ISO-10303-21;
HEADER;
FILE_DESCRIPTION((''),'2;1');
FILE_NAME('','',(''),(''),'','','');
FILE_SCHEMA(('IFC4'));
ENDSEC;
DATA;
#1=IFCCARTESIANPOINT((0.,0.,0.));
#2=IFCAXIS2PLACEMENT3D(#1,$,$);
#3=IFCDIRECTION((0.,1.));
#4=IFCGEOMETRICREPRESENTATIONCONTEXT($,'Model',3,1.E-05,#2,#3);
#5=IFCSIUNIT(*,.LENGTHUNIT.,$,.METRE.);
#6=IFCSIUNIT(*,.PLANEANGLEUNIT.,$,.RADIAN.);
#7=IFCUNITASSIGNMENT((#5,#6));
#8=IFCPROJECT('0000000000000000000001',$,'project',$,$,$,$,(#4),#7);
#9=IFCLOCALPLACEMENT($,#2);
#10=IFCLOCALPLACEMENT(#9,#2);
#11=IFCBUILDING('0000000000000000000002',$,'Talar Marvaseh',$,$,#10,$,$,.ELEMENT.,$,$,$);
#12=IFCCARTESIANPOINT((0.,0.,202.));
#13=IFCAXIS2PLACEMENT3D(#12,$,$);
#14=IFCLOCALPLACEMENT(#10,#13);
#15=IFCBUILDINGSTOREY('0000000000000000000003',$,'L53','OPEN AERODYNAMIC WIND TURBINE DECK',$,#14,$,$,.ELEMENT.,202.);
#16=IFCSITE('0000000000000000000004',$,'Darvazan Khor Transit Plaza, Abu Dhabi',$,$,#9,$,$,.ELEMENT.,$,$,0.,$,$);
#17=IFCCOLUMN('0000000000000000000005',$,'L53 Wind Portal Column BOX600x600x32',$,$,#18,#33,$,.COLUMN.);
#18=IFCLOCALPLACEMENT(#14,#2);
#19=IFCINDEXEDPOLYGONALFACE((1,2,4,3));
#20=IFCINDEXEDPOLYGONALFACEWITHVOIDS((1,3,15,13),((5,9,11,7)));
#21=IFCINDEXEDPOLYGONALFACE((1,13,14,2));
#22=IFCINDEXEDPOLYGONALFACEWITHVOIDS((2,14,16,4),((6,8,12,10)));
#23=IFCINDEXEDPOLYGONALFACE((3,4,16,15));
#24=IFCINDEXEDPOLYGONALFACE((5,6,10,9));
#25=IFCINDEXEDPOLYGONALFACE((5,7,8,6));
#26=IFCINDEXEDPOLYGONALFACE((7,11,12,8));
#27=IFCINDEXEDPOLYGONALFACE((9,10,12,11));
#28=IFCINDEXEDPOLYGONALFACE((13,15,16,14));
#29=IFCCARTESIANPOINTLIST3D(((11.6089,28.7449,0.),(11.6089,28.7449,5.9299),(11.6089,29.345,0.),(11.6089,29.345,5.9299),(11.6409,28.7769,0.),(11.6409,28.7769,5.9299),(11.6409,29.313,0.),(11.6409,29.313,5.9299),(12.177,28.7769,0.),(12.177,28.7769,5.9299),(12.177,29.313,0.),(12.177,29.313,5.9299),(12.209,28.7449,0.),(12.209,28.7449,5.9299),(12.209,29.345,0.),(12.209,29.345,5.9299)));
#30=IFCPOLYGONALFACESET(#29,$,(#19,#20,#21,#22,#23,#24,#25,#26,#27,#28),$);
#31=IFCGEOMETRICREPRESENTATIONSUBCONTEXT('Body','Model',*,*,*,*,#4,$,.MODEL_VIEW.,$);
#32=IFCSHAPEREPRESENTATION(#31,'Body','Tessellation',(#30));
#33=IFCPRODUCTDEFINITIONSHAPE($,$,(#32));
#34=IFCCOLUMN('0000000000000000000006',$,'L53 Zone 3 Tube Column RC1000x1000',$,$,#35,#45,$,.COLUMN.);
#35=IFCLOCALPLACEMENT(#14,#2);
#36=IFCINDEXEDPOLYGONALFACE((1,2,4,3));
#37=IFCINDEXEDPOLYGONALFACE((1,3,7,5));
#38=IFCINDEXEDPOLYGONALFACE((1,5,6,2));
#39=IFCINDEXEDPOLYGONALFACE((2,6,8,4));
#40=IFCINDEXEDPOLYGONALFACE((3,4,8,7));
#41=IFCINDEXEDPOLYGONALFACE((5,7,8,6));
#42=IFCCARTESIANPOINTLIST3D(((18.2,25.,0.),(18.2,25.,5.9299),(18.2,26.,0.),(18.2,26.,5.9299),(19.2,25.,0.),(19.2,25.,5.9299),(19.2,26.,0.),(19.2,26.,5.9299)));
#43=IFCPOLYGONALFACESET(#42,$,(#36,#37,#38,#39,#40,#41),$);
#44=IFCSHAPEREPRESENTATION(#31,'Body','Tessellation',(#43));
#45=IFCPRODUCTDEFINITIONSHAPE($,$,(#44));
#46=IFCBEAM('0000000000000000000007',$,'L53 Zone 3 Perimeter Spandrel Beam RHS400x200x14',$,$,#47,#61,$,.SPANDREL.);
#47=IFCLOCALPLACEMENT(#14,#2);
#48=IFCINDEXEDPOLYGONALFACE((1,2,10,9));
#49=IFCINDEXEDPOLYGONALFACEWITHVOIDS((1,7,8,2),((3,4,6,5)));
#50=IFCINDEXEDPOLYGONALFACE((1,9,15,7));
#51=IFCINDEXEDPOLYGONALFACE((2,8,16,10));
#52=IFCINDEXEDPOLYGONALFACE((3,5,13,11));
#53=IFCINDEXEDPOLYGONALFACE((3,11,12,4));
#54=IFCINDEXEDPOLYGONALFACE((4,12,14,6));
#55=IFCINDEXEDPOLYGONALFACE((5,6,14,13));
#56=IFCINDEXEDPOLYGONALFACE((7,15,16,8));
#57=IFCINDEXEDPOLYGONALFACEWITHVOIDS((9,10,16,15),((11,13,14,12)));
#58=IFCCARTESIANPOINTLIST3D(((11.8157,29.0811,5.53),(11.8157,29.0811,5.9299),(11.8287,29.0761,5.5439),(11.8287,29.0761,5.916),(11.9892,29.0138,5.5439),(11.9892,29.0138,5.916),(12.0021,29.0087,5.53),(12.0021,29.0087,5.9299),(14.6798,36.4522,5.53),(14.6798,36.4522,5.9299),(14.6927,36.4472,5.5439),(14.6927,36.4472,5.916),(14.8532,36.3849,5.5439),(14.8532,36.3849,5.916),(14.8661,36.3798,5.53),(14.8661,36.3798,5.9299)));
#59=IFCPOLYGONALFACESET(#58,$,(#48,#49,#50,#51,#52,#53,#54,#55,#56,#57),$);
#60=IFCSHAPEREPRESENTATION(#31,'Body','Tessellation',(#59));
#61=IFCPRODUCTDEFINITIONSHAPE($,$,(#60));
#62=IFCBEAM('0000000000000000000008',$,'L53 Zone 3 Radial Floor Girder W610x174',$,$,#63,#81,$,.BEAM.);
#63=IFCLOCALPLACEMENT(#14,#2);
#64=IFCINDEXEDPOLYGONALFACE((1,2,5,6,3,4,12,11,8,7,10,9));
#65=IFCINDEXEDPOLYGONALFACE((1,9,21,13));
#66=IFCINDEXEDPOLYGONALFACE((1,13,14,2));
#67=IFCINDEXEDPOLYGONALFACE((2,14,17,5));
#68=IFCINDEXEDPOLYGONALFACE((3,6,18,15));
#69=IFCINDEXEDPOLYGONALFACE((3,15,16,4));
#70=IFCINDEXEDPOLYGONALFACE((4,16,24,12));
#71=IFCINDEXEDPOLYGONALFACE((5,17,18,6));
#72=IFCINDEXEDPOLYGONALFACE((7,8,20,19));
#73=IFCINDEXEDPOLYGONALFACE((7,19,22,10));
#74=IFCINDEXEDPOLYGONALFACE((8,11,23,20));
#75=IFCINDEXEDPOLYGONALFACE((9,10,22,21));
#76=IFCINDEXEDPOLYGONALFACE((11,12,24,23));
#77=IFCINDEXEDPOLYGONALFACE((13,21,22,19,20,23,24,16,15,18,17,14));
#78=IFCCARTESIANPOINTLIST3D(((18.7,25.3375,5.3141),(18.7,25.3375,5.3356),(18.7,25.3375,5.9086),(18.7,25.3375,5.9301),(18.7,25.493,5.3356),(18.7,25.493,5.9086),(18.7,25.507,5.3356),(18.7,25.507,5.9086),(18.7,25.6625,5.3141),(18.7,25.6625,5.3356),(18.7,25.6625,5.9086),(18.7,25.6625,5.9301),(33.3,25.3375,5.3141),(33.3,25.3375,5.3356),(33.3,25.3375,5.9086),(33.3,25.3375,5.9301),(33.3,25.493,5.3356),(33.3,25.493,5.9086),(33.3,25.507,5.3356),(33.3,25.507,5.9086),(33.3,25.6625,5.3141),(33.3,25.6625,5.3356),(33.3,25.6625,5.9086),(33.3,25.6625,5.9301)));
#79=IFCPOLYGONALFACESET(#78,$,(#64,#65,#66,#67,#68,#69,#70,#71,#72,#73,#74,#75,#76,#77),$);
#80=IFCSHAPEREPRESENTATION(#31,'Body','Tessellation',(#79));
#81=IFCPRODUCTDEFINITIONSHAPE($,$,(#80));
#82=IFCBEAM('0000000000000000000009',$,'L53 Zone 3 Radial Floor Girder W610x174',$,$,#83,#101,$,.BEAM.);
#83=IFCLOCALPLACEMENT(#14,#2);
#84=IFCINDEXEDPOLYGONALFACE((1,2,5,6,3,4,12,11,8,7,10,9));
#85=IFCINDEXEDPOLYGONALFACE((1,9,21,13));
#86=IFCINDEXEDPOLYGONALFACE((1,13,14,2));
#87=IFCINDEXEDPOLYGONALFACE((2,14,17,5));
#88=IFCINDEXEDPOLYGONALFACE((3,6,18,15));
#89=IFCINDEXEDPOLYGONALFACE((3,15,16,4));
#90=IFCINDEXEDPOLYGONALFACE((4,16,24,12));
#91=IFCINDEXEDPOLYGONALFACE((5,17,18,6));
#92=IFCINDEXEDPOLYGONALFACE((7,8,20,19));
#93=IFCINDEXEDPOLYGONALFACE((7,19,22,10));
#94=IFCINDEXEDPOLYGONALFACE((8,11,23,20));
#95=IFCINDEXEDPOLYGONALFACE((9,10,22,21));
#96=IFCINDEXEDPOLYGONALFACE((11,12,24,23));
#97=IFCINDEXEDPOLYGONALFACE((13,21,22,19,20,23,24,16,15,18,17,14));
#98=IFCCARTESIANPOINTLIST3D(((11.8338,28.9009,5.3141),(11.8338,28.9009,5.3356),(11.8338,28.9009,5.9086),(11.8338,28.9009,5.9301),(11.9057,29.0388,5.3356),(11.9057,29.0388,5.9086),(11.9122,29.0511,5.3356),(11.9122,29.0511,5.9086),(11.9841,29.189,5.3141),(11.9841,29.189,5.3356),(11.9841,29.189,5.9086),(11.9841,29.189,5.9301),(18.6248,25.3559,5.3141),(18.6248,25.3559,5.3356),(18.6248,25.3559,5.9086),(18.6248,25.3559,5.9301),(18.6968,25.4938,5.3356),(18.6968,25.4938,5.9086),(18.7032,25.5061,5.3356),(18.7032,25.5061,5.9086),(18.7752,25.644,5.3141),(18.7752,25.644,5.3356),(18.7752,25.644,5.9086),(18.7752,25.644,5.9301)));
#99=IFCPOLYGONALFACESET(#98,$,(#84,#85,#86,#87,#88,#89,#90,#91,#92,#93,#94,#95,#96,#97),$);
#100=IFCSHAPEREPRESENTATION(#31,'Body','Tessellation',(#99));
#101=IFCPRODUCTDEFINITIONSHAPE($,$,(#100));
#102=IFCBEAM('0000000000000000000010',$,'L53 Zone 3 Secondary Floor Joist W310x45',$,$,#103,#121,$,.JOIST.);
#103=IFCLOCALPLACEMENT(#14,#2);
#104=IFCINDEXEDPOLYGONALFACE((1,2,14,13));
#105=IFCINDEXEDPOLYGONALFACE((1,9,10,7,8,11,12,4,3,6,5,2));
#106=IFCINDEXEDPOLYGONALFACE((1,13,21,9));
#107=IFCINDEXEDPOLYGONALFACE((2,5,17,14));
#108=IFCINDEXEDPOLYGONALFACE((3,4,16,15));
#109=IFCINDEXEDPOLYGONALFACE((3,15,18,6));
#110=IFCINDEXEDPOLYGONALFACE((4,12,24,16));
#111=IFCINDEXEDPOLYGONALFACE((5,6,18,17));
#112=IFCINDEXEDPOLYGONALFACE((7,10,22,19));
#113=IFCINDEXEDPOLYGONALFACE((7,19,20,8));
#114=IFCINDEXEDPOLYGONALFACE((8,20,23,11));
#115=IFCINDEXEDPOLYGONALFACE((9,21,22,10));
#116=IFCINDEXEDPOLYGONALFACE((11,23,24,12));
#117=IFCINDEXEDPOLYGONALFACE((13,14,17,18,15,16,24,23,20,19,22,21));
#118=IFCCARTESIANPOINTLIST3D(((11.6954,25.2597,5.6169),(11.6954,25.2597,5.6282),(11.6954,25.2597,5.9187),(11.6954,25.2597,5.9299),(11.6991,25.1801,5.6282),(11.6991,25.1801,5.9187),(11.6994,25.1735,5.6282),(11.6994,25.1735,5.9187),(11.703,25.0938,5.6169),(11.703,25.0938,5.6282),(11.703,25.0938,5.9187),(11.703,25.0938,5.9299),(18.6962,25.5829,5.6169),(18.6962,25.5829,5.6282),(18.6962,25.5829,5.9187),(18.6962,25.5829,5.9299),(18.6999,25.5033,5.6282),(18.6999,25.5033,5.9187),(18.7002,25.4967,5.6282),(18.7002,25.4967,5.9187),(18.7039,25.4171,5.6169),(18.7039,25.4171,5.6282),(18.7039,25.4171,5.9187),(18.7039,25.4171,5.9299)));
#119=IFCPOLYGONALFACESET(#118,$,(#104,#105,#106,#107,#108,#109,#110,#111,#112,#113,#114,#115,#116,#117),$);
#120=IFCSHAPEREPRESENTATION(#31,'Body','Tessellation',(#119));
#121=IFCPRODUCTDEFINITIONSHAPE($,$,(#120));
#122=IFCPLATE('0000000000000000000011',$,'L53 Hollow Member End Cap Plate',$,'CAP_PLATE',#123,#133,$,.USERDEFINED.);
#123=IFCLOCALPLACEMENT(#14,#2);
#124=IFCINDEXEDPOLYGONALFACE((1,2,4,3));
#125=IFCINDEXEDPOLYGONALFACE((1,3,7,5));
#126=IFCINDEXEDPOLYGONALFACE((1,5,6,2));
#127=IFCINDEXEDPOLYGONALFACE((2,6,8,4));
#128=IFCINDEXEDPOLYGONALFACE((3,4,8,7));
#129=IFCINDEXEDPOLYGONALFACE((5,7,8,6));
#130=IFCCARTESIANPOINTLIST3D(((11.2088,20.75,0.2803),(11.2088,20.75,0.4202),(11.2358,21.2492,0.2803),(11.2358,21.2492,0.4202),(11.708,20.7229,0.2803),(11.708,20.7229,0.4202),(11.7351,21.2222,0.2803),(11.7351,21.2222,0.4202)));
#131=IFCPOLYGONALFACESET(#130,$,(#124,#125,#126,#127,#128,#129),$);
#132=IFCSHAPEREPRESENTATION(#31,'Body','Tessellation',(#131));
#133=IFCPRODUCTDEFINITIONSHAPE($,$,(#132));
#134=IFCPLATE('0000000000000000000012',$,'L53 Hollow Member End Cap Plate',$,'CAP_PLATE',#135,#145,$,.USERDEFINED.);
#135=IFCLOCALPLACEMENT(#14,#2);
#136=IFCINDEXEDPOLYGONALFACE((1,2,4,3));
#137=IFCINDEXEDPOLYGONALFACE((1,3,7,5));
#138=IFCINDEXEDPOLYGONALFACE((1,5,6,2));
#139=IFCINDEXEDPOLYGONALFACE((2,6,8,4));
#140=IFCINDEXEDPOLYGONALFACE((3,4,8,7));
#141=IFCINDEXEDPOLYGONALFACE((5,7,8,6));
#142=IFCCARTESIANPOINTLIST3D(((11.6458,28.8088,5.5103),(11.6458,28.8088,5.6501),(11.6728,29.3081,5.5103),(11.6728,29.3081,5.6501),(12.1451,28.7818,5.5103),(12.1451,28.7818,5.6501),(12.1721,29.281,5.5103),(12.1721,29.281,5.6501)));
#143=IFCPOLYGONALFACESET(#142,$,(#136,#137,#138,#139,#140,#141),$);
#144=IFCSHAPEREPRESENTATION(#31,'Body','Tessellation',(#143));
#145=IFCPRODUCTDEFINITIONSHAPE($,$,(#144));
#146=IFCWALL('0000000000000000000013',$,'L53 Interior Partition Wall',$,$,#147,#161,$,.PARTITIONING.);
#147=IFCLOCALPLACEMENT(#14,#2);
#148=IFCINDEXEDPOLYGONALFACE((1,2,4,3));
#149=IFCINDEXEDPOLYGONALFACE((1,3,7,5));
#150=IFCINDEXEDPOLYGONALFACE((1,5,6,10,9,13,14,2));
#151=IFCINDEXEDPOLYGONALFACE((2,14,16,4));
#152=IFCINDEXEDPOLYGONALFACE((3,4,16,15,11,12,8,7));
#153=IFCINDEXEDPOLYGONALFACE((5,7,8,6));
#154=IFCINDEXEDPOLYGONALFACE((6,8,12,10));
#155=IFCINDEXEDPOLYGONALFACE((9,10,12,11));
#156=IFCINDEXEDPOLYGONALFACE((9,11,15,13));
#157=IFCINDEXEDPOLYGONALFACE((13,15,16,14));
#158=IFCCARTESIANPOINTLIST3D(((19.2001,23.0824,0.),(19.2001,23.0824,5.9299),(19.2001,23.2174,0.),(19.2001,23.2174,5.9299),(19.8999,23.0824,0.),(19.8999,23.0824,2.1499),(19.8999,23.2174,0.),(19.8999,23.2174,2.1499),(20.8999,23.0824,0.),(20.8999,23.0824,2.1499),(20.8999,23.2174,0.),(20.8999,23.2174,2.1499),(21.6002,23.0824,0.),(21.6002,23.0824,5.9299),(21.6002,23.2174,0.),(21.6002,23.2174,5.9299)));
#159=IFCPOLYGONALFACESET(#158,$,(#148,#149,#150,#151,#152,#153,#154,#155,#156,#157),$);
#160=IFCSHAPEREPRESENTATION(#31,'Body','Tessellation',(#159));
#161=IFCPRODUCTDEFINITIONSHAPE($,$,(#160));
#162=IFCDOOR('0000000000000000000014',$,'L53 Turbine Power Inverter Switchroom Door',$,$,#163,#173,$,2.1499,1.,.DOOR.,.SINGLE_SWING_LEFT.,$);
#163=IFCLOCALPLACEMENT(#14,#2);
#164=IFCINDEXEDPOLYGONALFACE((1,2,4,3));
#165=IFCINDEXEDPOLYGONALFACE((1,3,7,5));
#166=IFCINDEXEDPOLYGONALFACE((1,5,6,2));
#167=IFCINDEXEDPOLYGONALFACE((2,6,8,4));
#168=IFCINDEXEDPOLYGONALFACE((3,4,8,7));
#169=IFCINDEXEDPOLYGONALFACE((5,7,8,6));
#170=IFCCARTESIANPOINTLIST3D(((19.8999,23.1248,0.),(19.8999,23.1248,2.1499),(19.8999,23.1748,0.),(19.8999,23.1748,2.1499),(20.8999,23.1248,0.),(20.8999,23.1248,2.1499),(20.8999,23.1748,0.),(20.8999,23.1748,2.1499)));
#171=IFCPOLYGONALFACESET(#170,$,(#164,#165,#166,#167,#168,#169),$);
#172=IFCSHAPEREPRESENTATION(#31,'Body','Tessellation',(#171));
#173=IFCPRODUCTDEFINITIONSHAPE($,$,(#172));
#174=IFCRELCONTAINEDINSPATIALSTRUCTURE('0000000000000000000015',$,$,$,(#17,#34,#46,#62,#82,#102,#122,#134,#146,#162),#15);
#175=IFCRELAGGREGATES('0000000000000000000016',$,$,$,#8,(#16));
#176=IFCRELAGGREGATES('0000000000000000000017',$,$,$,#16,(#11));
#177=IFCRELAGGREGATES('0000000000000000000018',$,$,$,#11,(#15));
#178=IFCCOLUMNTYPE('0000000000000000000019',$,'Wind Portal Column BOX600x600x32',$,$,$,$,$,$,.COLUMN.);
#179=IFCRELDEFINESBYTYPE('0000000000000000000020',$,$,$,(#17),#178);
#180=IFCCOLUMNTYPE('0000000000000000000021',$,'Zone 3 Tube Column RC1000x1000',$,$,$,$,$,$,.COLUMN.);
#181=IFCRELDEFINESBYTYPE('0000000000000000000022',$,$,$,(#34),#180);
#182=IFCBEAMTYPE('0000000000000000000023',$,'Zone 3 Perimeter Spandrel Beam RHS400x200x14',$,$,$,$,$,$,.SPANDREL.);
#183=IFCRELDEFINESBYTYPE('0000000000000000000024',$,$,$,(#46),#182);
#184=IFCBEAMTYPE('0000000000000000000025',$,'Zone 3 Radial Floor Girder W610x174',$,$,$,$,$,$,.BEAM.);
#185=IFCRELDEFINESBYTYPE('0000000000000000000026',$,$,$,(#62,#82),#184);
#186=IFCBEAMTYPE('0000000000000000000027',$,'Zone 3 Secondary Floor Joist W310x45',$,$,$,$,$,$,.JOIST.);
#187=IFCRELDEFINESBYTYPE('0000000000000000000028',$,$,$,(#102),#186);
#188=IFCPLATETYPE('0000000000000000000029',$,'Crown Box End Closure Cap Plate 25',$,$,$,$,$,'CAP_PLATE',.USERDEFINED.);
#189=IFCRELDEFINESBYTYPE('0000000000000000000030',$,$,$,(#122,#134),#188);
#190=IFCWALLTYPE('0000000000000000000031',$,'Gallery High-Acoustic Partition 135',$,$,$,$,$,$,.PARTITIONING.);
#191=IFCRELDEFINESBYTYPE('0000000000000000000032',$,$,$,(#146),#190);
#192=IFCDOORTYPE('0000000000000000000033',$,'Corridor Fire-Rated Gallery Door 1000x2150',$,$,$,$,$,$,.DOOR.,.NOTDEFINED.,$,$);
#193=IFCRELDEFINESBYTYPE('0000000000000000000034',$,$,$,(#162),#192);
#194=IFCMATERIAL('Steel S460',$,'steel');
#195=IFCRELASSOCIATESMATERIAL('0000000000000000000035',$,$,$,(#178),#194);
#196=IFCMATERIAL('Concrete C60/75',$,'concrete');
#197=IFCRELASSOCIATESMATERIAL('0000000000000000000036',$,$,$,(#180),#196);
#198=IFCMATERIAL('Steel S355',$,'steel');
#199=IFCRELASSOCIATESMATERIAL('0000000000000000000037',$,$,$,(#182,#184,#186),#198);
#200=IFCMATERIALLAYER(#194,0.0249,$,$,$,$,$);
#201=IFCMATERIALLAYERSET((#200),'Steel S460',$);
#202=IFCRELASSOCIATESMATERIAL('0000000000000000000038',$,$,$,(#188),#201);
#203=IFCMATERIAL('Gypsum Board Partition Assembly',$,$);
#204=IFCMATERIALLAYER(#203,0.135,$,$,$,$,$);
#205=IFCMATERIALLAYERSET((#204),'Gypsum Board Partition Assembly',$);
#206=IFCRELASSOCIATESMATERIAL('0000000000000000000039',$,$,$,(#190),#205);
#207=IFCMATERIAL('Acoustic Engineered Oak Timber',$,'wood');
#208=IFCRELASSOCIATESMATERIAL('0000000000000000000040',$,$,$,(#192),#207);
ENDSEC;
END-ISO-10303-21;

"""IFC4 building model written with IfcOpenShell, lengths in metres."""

from ifc_helpers import new_model, si_unit, direction, frame, frame_2d, origin, origin_2d, place, context, subcontext, project, spatial, rectangle, hollow_rectangle, i_section, extrude, source, transform, mapped, material, layer, layer_set, material_profile, profile_set, type_object, type_shapes, element, fill, save


model = new_model("IFC4")

# Units and contexts
model_context = context("Model", 3, precision=1e-05, world=origin(), true_north=direction((0.0, 1.0)))
body_context = subcontext(model_context, "Body", "Model", "MODEL_VIEW")
ifc_project = project(units=[si_unit("LENGTHUNIT", "METRE"), si_unit("PLANEANGLEUNIT", "RADIAN")], contexts=[model_context])

# Site, building, storey
site_placement = place(None, origin())
site = spatial("IfcSite", under=ifc_project, at=site_placement, Name="Darvazan Khor Transit Plaza, Abu Dhabi", CompositionType="ELEMENT", RefElevation=0.0)
building_placement = place(site_placement, origin())
building = spatial("IfcBuilding", under=site, at=building_placement, Name="Talar Marvaseh", CompositionType="ELEMENT")
storey_placement = place(building_placement, frame((0.0, 0.0, 202.0)))
storey = spatial("IfcBuildingStorey", under=building, at=storey_placement, Name="L53", Description="OPEN AERODYNAMIC WIND TURBINE DECK", CompositionType="ELEMENT", Elevation=202.0)

# Columns
ifc_material_1 = material(Name="Steel S460", Category="steel")
ifc_material_profile_1 = material_profile(ifc_material_1, hollow_rectangle(XDim=0.6001, YDim=0.6001, WallThickness=0.032, at=origin_2d()), Name="BOX600x600x32")
ifc_profile_set_1 = profile_set([ifc_material_profile_1], Name="Steel S460")
column_type_1 = type_object("IfcColumnType", Name="Wind Portal Column BOX600x600x32", PredefinedType="COLUMN", material=ifc_profile_set_1)
column_1_placement = place(storey_placement, frame((11.9089, 29.0449, 0.0), z_axis=(0.0, 0.0, 1.0), x_axis=(1.0, 0.0, 0.0)))
element("IfcColumn", 1, at=column_1_placement, inside=storey, type_object=column_type_1, Name="L53 Wind Portal Column BOX600x600x32", PredefinedType="COLUMN", context=body_context, shape_type="SweptSolid", body=[
    extrude(hollow_rectangle(XDim=0.6001, YDim=0.6001, WallThickness=0.032, at=origin_2d()), origin(), (0.0, 0.0, 1.0), 5.9299),
])
ifc_material_2 = material(Name="Concrete C60/75", Category="concrete")
ifc_material_profile_2 = material_profile(ifc_material_2, rectangle(XDim=1.0, YDim=1.0, at=origin_2d()), Name="RC1000x1000")
ifc_profile_set_2 = profile_set([ifc_material_profile_2], Name="Concrete C60/75")
column_type_2 = type_object("IfcColumnType", Name="Zone 3 Tube Column RC1000x1000", PredefinedType="COLUMN", material=ifc_profile_set_2)
column_2_placement = place(storey_placement, frame((18.7, 25.5, 0.0), z_axis=(0.0, 0.0, 1.0), x_axis=(1.0, 0.0, 0.0)))
element("IfcColumn", 2, at=column_2_placement, inside=storey, type_object=column_type_2, Name="L53 Zone 3 Tube Column RC1000x1000", PredefinedType="COLUMN", context=body_context, shape_type="SweptSolid", body=[
    extrude(rectangle(XDim=1.0, YDim=1.0, at=origin_2d()), origin(), (0.0, 0.0, 1.0), 5.9299),
])

# Beams
ifc_material_3 = material(Name="Steel S355", Category="steel")
ifc_material_profile_3 = material_profile(ifc_material_3, hollow_rectangle(XDim=0.2, YDim=0.3999, WallThickness=0.0139, at=origin_2d()), Name="RHS400x200x14")
ifc_profile_set_3 = profile_set([ifc_material_profile_3], Name="Steel S355")
beam_type_1 = type_object("IfcBeamType", Name="Zone 3 Perimeter Spandrel Beam RHS400x200x14", PredefinedType="SPANDREL", material=ifc_profile_set_3)
beam_1_placement = place(storey_placement, frame((11.9089, 29.0449, 5.73), z_axis=(0.362169, 0.932112, 0.0), x_axis=(-0.932112, 0.362169, 0.0)))
element("IfcBeam", 3, at=beam_1_placement, inside=storey, type_object=beam_type_1, Name="L53 Zone 3 Perimeter Spandrel Beam RHS400x200x14", PredefinedType="SPANDREL", context=body_context, shape_type="SweptSolid", body=[
    extrude(hollow_rectangle(XDim=0.2, YDim=0.3999, WallThickness=0.0139, at=origin_2d()), origin(), (0.0, 0.0, 1.0), 7.908),
])
ifc_material_profile_4 = material_profile(ifc_material_3, i_section(OverallWidth=0.325, OverallDepth=0.616, WebThickness=0.0139, FlangeThickness=0.0215, at=origin_2d()), Name="W610x174")
ifc_profile_set_4 = profile_set([ifc_material_profile_4], Name="Steel S355")
beam_type_2 = type_object("IfcBeamType", Name="Zone 3 Radial Floor Girder W610x174", PredefinedType="BEAM", material=ifc_profile_set_4)
beam_2_placement = place(storey_placement, frame((18.7, 25.5, 5.6221), z_axis=(1.0, 0.0, 0.0), x_axis=(0.0, 1.0, 0.0)))
element("IfcBeam", 4, at=beam_2_placement, inside=storey, type_object=beam_type_2, Name="L53 Zone 3 Radial Floor Girder W610x174", PredefinedType="BEAM", context=body_context, shape_type="SweptSolid", body=[
    extrude(i_section(OverallWidth=0.325, OverallDepth=0.616, WebThickness=0.0139, FlangeThickness=0.0215, at=origin_2d()), origin(), (0.0, 0.0, 1.0), 14.6001),
])
beam_3_placement = place(storey_placement, frame((11.9089, 29.0449, 5.6221), z_axis=(0.886489, -0.462749, 0.0), x_axis=(0.462749, 0.886489, 0.0)))
element("IfcBeam", 5, at=beam_3_placement, inside=storey, type_object=beam_type_2, Name="L53 Zone 3 Radial Floor Girder W610x174", PredefinedType="BEAM", context=body_context, shape_type="SweptSolid", body=[
    extrude(i_section(OverallWidth=0.325, OverallDepth=0.616, WebThickness=0.0139, FlangeThickness=0.0215, at=origin_2d()), origin(), (0.0, 0.0, 1.0), 7.6606),
])
ifc_material_profile_5 = material_profile(ifc_material_3, i_section(OverallWidth=0.166, OverallDepth=0.313, WebThickness=0.0066, FlangeThickness=0.0112, at=origin_2d()), Name="W310x45")
ifc_profile_set_5 = profile_set([ifc_material_profile_5], Name="Steel S355")
beam_type_3 = type_object("IfcBeamType", Name="Zone 3 Secondary Floor Joist W310x45", PredefinedType="JOIST", material=ifc_profile_set_5)
beam_4_placement = place(storey_placement, frame((11.6992, 25.1768, 5.7734), z_axis=(0.998936, 0.046123, 0.0), x_axis=(-0.046123, 0.998936, 0.0)))
element("IfcBeam", 6, at=beam_4_placement, inside=storey, type_object=beam_type_3, Name="L53 Zone 3 Secondary Floor Joist W310x45", PredefinedType="JOIST", context=body_context, shape_type="SweptSolid", body=[
    extrude(i_section(OverallWidth=0.166, OverallDepth=0.313, WebThickness=0.0066, FlangeThickness=0.0112, at=origin_2d()), origin(), (0.0, 0.0, 1.0), 7.0083),
])

# Plates
ifc_layer_1 = layer(ifc_material_1, 0.0249)
ifc_layer_set_1 = layer_set([ifc_layer_1], Name="Steel S460")
plate_type = type_object("IfcPlateType", Name="Crown Box End Closure Cap Plate 25", ElementType="CAP_PLATE", PredefinedType="USERDEFINED", material=ifc_layer_set_1)
shared_shape_1 = source(origin(), body_context, "Body", "SweptSolid", [
    extrude(rectangle(XDim=0.5, YDim=0.5, at=origin_2d()), origin(), (0.0, 0.0, 1.0), 0.1399),
])
type_shapes(plate_type, [shared_shape_1])
for number, where, z_axis, x_axis, name in (
    (7, (11.4719, 20.9861, 0.2803), (0.0, 0.0, 1.0), (0.054079, 0.998537, 0.0), "L53 Hollow Member End Cap Plate"),
    (8, (11.9089, 29.0449, 5.5103), (0.0, 0.0, 1.0), (0.054079, 0.998537, 0.0), "L53 Hollow Member End Cap Plate"),
):
    element("IfcPlate", number, at=place(storey_placement, frame(where, z_axis=z_axis, x_axis=x_axis)), inside=storey, type_object=plate_type, Name=name, ObjectType="CAP_PLATE", PredefinedType="USERDEFINED", context=body_context, shape_type="MappedRepresentation", body=[
        mapped(shared_shape_1, transform((0.0, 0.0, 0.0), x_axis=(1.0, 0.0, 0.0), y_axis=(0.0, 1.0, 0.0), z_axis=(0.0, 0.0, 1.0), scale=1.0)),
    ])

# Wall, opening, door
ifc_material_4 = material(Name="Gypsum Board Partition Assembly")
ifc_layer_2 = layer(ifc_material_4, 0.135)
ifc_layer_set_2 = layer_set([ifc_layer_2], Name="Gypsum Board Partition Assembly")
wall_type_1 = type_object("IfcWallType", Name="Gallery High-Acoustic Partition 135", PredefinedType="PARTITIONING", material=ifc_layer_set_2)
wall_1_placement = place(storey_placement, frame((19.2, 23.1499, 0.0), z_axis=(0.0, 0.0, 1.0), x_axis=(1.0, 0.0, 0.0)))
wall_1 = element("IfcWall", 9, at=wall_1_placement, inside=storey, type_object=wall_type_1, Name="L53 Interior Partition Wall", PredefinedType="PARTITIONING", context=body_context, shape_type="SweptSolid", body=[
    extrude(rectangle(XDim=2.4001, YDim=0.135, at=frame_2d((1.2002, 0.0))), origin(), (0.0, 0.0, 1.0), 5.9299),
])
opening_1_placement = place(wall_1_placement, frame((0.7, 0.0, 0.0)))
opening_1 = element("IfcOpeningElement", 10, at=opening_1_placement, cuts=wall_1, PredefinedType="OPENING", context=body_context, shape_type="SweptSolid", body=[
    extrude(rectangle(XDim=1.0, YDim=2.1499, at=frame_2d((0.5, 1.075))), frame((0.0, 0.0776, 0.0), z_axis=(0.0, -1.0, 0.0), x_axis=(1.0, 0.0, 0.0)), (0.0, 0.0, 1.0), 0.155),
])
ifc_material_5 = material(Name="Acoustic Engineered Oak Timber", Category="wood")
door_type_1 = type_object("IfcDoorType", Name="Corridor Fire-Rated Gallery Door 1000x2150", OperationType="NOTDEFINED", PredefinedType="DOOR", material=ifc_material_5)
shared_shape_2 = source(origin(), body_context, "Body", "SweptSolid", [
    extrude(rectangle(XDim=1.0, YDim=2.1499, at=frame_2d((0.5, 1.075))), frame((0.0, 0.0249, 0.0), z_axis=(0.0, -1.0, 0.0), x_axis=(1.0, 0.0, 0.0)), (0.0, 0.0, 1.0), 0.05),
])
type_shapes(door_type_1, [shared_shape_2])
door_1_placement = place(opening_1_placement, origin())
door_1 = element("IfcDoor", 11, at=door_1_placement, inside=storey, type_object=door_type_1, Name="L53 Turbine Power Inverter Switchroom Door", OperationType="SINGLE_SWING_LEFT", OverallHeight=2.1499, OverallWidth=1.0, PredefinedType="DOOR", context=body_context, shape_type="MappedRepresentation", body=[
    mapped(shared_shape_2, transform((0.0, 0.0, 0.0), x_axis=(1.0, 0.0, 0.0), y_axis=(0.0, 1.0, 0.0), z_axis=(0.0, 0.0, 1.0), scale=1.0)),
])
fill(opening_1, door_1)

save(model, "model.ifc")
